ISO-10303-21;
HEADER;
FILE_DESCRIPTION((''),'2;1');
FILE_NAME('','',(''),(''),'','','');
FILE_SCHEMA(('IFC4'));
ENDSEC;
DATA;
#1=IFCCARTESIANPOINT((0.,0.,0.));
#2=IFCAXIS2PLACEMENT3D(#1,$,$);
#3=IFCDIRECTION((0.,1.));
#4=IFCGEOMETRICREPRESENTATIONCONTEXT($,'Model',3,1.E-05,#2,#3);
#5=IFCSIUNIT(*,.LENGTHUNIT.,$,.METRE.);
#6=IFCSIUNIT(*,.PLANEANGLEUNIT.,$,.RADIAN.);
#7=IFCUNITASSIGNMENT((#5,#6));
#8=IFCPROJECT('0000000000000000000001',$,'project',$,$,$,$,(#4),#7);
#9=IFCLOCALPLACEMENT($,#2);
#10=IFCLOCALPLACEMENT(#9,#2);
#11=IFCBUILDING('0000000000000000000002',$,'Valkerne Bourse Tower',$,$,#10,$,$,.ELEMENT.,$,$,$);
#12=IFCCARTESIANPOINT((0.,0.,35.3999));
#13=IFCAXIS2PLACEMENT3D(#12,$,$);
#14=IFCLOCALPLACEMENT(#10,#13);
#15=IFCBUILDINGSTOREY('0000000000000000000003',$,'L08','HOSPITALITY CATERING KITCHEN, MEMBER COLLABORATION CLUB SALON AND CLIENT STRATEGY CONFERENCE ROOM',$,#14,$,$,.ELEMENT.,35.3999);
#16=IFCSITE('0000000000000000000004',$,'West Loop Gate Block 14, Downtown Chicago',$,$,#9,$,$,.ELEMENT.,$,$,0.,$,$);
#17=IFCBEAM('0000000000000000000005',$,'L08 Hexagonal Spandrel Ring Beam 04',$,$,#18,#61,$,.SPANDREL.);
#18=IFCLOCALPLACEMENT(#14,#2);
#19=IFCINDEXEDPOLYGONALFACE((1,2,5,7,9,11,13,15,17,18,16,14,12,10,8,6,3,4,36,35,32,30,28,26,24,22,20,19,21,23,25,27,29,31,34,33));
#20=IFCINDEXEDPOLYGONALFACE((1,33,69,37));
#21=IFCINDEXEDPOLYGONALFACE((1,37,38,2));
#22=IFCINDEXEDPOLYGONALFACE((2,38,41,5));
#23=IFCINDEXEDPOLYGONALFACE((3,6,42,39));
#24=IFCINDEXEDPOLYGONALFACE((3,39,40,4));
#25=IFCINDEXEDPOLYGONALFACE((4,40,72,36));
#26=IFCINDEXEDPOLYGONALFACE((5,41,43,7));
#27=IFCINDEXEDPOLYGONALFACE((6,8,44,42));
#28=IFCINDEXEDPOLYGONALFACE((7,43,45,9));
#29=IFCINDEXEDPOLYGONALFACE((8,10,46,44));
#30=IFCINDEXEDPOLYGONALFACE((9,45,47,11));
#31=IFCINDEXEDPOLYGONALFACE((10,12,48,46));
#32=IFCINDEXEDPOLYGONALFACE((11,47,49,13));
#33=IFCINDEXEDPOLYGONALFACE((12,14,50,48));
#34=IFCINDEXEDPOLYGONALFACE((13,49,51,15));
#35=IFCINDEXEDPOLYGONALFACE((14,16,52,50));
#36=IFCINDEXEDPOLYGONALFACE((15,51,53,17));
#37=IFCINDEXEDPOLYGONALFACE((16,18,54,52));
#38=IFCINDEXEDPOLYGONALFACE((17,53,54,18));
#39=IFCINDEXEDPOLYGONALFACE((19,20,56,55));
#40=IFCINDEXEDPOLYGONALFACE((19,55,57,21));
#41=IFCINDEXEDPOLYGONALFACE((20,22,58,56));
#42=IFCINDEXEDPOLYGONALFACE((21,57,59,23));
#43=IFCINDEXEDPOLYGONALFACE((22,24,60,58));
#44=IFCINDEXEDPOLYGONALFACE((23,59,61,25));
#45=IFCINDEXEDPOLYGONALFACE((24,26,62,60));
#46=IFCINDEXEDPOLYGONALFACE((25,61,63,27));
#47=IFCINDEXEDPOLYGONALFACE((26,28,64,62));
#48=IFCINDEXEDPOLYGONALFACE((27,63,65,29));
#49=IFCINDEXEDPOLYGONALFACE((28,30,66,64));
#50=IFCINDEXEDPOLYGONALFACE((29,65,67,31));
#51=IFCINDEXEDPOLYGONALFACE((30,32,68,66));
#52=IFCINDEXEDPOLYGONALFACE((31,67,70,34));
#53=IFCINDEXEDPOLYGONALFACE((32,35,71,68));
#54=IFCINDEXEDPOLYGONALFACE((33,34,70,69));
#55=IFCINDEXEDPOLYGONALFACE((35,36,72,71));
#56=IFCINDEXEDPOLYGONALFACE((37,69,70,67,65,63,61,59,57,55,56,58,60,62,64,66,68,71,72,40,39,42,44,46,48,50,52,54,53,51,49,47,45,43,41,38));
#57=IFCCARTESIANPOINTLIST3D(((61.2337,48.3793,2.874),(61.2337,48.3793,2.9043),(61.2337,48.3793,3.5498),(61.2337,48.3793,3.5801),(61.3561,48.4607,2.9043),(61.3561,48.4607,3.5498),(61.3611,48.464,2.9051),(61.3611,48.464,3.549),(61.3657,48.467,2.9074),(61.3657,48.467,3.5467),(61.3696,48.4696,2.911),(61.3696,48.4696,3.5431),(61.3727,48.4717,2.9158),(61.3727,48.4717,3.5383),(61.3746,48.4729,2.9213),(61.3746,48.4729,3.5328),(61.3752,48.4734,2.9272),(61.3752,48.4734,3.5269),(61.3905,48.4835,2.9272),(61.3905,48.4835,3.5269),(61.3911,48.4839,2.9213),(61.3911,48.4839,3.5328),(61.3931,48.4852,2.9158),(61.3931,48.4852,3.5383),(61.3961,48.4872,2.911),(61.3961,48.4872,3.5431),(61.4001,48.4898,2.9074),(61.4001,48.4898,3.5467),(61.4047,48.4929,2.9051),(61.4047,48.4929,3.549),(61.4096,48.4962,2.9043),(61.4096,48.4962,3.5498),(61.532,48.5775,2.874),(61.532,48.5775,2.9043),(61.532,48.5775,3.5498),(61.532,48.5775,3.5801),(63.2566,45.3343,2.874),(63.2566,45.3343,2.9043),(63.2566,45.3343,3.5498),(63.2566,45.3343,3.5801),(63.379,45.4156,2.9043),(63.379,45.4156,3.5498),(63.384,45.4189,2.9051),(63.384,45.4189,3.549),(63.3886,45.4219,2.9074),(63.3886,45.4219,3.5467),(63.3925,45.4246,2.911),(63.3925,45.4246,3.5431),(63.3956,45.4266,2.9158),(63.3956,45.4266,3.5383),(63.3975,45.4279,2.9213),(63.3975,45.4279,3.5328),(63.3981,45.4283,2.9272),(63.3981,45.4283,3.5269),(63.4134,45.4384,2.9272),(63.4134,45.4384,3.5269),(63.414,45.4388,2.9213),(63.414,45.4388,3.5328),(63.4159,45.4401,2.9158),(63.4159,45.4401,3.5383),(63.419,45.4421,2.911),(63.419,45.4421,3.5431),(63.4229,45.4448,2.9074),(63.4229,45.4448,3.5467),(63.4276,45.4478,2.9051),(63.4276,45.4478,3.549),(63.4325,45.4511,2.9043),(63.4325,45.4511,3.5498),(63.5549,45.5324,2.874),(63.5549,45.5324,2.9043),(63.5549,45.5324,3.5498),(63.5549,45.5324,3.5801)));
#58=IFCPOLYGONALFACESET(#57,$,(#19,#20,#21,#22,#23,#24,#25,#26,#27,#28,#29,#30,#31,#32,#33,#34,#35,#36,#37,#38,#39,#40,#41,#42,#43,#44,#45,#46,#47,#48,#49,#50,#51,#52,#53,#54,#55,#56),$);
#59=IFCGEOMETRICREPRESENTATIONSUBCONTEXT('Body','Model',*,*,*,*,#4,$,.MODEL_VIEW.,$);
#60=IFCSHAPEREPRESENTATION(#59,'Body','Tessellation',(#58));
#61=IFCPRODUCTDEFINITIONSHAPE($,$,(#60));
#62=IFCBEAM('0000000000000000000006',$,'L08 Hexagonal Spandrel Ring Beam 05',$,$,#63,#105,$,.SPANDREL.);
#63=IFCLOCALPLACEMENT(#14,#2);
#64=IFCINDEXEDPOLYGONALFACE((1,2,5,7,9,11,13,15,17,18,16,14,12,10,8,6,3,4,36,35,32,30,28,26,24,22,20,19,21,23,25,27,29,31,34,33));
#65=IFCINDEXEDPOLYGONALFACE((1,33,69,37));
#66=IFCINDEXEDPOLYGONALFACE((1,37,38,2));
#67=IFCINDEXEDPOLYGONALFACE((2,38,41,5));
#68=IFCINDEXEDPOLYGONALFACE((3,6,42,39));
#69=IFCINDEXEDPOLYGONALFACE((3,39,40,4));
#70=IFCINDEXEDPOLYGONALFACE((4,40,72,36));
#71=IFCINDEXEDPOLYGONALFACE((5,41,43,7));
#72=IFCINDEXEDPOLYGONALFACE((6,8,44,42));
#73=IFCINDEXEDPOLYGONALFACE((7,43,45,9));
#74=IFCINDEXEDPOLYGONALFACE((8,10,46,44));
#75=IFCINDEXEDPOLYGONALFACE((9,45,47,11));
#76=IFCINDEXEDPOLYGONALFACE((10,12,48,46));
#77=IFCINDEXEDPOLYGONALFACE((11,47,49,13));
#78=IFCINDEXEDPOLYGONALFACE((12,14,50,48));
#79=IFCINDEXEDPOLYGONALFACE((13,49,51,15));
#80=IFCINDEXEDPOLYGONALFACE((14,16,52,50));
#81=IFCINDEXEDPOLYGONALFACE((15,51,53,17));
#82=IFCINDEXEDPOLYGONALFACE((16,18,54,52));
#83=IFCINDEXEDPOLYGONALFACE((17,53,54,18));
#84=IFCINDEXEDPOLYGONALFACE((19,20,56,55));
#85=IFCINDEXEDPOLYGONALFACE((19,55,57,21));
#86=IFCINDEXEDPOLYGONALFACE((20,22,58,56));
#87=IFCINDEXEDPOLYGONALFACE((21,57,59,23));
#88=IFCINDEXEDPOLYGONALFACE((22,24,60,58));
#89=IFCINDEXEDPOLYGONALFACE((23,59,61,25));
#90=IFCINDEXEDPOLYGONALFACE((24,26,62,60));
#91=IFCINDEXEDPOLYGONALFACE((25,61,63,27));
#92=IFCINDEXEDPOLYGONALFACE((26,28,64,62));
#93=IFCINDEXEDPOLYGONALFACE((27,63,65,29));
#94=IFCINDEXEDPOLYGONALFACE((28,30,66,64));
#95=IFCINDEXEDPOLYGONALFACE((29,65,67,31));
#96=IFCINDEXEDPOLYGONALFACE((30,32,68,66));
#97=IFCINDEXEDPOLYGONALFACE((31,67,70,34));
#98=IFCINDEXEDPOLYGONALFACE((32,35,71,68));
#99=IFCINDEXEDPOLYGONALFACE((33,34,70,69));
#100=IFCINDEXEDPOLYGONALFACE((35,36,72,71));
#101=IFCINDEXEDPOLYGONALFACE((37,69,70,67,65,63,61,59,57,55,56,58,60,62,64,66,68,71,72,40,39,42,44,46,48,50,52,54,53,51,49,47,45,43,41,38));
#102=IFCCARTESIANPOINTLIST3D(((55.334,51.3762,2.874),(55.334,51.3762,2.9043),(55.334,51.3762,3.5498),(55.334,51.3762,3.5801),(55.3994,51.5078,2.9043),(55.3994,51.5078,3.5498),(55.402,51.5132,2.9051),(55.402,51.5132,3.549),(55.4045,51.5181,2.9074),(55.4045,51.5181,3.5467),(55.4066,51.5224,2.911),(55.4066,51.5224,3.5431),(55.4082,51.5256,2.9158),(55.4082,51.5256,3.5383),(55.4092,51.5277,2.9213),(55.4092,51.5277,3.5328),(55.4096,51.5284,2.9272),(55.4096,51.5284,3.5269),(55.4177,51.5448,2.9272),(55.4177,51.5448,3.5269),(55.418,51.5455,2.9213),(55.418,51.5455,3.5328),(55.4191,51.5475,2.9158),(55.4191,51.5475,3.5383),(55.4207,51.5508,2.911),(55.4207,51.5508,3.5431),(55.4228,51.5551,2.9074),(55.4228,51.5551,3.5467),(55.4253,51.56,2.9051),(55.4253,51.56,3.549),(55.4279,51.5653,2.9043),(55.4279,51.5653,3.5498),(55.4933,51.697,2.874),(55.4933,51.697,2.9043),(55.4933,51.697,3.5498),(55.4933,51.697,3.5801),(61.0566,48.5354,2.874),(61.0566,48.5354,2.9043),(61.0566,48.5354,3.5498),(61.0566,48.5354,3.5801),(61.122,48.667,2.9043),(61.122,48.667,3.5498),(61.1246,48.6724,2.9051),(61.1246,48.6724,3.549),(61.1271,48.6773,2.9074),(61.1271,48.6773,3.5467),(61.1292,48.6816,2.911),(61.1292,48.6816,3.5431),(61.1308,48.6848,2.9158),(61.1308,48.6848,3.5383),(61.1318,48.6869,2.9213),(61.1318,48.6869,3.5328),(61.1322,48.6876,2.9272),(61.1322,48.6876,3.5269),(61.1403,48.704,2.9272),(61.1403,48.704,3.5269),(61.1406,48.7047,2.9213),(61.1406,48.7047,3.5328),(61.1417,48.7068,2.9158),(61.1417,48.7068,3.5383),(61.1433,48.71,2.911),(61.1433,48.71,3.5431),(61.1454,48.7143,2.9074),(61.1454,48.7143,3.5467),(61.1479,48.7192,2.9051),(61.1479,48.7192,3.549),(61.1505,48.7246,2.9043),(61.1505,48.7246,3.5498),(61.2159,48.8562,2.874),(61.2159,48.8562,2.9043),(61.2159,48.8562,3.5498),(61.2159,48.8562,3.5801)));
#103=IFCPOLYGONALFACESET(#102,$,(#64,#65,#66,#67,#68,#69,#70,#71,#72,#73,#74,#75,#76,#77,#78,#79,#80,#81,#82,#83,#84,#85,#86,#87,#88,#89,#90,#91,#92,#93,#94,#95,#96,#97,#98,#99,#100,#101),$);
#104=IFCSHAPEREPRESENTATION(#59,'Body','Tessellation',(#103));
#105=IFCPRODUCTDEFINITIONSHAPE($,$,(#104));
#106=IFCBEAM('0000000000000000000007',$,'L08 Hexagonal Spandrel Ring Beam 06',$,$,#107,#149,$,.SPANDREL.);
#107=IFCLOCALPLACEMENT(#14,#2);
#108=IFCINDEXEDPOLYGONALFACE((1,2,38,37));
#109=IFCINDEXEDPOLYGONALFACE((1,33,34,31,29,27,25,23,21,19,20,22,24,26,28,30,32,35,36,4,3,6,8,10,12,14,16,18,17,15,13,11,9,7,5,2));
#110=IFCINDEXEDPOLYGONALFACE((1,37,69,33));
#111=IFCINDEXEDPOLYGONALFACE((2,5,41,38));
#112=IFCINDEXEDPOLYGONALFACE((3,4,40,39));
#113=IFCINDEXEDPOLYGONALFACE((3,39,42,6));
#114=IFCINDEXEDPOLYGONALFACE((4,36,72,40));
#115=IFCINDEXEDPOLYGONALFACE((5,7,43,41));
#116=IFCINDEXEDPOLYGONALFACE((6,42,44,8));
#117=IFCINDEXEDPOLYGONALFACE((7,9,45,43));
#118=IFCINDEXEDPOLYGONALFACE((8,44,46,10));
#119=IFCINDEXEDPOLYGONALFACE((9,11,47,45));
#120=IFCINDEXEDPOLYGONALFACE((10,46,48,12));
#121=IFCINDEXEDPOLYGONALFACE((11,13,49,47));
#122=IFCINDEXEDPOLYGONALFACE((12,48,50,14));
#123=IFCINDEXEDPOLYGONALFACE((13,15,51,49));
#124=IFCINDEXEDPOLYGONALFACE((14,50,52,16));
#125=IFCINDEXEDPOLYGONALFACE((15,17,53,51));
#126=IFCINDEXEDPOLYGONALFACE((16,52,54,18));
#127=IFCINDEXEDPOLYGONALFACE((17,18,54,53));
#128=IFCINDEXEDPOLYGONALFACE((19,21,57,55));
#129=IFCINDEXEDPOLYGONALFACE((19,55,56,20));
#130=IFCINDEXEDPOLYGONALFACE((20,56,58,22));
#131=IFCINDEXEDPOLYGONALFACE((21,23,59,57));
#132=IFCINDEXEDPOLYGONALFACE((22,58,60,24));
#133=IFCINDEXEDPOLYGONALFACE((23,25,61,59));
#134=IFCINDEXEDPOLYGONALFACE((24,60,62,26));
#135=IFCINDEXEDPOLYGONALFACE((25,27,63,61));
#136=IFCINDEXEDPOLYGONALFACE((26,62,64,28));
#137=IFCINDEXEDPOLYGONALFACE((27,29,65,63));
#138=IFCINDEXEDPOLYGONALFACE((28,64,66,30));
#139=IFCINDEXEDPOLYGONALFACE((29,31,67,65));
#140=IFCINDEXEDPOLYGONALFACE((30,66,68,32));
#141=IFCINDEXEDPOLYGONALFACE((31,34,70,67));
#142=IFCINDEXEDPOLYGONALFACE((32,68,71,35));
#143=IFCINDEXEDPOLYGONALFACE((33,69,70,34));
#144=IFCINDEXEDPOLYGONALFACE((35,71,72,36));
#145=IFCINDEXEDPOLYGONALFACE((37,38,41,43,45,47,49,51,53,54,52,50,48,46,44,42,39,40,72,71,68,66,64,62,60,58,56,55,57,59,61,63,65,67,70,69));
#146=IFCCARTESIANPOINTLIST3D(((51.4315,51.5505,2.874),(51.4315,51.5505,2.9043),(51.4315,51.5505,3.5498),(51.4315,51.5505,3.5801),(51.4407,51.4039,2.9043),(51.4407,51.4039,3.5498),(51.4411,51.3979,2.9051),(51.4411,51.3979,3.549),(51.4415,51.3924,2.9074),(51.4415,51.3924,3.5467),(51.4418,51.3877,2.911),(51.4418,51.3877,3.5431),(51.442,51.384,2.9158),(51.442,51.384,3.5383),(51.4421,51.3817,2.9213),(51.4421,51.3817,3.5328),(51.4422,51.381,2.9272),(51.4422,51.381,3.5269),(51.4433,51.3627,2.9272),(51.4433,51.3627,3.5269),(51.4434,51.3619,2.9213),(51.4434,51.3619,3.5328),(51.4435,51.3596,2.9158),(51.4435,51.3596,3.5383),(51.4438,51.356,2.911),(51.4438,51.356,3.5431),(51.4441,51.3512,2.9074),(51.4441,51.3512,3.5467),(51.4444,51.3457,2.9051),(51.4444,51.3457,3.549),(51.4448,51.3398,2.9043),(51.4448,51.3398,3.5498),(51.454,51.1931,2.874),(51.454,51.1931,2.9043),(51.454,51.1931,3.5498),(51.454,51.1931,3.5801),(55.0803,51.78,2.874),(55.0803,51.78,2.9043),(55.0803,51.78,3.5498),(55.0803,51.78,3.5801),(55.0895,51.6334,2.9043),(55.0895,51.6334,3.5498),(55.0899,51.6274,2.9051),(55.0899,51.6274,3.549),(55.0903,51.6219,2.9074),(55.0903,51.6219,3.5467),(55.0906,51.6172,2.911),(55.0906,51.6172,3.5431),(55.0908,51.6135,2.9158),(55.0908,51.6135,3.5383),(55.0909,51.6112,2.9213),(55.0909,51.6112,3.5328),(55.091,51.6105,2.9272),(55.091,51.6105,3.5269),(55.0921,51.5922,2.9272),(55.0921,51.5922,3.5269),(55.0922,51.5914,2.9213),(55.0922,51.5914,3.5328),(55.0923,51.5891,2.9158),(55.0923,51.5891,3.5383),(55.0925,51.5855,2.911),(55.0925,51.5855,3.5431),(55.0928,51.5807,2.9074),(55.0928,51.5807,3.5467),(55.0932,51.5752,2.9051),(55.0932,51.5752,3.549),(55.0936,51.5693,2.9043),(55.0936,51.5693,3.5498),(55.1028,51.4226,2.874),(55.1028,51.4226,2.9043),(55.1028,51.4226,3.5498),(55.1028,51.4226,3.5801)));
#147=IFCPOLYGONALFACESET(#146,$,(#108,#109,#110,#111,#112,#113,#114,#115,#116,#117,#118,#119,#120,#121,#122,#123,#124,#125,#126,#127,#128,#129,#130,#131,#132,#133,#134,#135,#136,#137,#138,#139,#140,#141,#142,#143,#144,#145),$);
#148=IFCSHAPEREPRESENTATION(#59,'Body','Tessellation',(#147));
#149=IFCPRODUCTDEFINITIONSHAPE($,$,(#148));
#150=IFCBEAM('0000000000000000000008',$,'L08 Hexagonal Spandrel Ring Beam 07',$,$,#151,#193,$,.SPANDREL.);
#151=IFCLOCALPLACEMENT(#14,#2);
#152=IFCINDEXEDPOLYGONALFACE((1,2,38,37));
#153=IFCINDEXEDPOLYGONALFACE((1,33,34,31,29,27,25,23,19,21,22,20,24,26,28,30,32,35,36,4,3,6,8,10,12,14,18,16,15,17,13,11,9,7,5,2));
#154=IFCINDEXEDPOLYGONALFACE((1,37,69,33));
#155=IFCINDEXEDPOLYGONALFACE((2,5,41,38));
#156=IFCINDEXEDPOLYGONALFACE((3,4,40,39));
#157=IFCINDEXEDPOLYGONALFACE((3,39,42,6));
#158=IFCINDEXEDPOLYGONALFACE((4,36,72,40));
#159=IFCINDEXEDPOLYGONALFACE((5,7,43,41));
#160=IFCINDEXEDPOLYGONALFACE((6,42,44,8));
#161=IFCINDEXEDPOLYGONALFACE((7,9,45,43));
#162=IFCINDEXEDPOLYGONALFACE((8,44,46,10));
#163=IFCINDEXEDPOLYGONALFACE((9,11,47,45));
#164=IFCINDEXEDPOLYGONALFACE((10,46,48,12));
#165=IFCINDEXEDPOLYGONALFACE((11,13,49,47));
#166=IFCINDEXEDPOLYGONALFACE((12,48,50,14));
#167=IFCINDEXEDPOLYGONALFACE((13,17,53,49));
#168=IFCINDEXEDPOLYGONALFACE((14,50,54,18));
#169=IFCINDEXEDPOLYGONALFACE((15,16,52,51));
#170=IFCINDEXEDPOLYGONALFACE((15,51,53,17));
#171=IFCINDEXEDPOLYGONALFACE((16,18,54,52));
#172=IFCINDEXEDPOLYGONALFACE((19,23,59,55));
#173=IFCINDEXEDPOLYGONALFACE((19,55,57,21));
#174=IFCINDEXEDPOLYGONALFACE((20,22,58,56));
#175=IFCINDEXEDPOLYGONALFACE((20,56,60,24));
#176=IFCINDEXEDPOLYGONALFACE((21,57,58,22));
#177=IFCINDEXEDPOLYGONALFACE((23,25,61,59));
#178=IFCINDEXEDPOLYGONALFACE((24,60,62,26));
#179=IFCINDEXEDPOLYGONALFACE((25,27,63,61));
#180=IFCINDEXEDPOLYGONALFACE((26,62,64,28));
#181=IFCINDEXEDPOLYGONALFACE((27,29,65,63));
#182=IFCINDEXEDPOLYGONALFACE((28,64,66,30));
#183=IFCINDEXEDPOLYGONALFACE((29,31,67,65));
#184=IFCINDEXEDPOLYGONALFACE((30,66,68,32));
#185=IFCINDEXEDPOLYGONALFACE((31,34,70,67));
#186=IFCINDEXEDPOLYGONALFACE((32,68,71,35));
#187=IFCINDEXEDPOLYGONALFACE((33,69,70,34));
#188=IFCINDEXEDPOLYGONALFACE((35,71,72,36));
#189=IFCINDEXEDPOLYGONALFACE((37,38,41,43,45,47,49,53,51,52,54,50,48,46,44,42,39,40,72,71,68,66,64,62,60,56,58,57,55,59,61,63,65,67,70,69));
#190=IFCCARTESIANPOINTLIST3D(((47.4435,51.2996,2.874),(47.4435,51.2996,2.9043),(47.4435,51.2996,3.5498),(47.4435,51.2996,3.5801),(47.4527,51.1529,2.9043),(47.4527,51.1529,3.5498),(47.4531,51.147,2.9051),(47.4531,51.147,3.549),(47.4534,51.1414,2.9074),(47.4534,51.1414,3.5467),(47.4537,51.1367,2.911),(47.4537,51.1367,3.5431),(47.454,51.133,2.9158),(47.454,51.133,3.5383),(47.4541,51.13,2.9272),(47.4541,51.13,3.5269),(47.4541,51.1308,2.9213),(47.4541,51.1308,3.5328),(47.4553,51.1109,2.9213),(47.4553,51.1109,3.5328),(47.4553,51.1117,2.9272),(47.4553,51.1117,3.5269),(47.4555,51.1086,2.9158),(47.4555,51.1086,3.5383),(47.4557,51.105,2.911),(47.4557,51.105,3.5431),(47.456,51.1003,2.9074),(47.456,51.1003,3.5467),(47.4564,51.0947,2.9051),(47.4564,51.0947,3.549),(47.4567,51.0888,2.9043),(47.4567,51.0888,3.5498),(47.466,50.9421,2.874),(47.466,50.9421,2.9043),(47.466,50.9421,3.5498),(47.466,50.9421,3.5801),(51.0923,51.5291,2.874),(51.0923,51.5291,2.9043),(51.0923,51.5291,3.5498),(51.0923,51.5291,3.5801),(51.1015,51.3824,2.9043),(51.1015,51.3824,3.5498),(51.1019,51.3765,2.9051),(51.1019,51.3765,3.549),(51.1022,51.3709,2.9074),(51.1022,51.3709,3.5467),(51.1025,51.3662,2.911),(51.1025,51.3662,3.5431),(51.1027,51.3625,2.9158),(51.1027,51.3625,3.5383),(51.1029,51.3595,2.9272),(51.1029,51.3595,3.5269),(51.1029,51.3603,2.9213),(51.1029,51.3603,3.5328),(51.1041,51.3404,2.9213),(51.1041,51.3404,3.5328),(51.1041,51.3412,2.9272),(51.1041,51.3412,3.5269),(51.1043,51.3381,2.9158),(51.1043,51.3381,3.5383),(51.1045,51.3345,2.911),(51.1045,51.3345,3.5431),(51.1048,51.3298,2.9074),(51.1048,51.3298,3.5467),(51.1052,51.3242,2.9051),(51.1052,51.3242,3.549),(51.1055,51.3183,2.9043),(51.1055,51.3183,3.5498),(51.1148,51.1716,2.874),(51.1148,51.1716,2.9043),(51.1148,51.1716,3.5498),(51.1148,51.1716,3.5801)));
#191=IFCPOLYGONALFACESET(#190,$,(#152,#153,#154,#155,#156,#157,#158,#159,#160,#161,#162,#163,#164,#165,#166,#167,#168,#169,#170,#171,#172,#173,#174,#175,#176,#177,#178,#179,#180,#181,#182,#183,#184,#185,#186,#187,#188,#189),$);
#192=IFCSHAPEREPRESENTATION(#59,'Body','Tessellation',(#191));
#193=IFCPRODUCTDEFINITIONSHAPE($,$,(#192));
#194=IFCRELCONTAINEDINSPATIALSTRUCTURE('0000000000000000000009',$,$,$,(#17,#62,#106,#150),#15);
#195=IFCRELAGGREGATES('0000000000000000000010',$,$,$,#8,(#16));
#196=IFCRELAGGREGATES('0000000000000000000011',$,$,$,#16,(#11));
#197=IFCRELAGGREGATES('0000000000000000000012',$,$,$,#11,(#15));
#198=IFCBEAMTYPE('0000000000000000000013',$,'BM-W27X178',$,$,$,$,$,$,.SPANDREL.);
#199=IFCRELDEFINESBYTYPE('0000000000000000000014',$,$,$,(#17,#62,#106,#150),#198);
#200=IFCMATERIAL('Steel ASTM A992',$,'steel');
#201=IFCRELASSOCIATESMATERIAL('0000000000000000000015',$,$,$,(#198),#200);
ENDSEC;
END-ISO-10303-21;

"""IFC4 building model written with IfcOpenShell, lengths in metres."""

from ifc_helpers import new_model, si_unit, direction, frame, origin, origin_2d, place, context, subcontext, project, spatial, i_section, extrude, material, material_profile, profile_set, type_object, element, save


model = new_model("IFC4")

# Units and contexts
model_context = context("Model", 3, precision=1e-05, world=origin(), true_north=direction((0.0, 1.0)))
body_context = subcontext(model_context, "Body", "Model", "MODEL_VIEW")
ifc_project = project(units=[si_unit("LENGTHUNIT", "METRE"), si_unit("PLANEANGLEUNIT", "RADIAN")], contexts=[model_context])

# Site, building, storey
site_placement = place(None, origin())
site = spatial("IfcSite", under=ifc_project, at=site_placement, Name="West Loop Gate Block 14, Downtown Chicago", CompositionType="ELEMENT", RefElevation=0.0)
building_placement = place(site_placement, origin())
building = spatial("IfcBuilding", under=site, at=building_placement, Name="Valkerne Bourse Tower", CompositionType="ELEMENT")
storey_placement = place(building_placement, frame((0.0, 0.0, 35.3999)))
storey = spatial("IfcBuildingStorey", under=building, at=storey_placement, Name="L08", Description="HOSPITALITY CATERING KITCHEN, MEMBER COLLABORATION CLUB SALON AND CLIENT STRATEGY CONFERENCE ROOM", CompositionType="ELEMENT", Elevation=35.3999)

# Beams
ifc_material_1 = material(Name="Steel ASTM A992", Category="steel")
ifc_material_profile_1 = material_profile(ifc_material_1, i_section(OverallWidth=0.3582, OverallDepth=0.7061, WebThickness=0.0183, FlangeThickness=0.0303, FilletRadius=0.0229, at=origin_2d()), Name="W27X178")
ifc_profile_set_1 = profile_set([ifc_material_profile_1], Name="Steel ASTM A992")
beam_type = type_object("IfcBeamType", Name="BM-W27X178", PredefinedType="SPANDREL", material=ifc_profile_set_1)
beam_1_placement = place(storey_placement, frame((63.4058, 45.4333, 3.2271), z_axis=(-0.553343, 0.832953, 0.0), x_axis=(-0.832953, -0.553343, 0.0)))
element("IfcBeam", 1, at=beam_1_placement, inside=storey, type_object=beam_type, Name="L08 Hexagonal Spandrel Ring Beam 04", PredefinedType="SPANDREL", context=body_context, shape_type="SweptSolid", body=[
    extrude(i_section(OverallWidth=0.3582, OverallDepth=0.7061, WebThickness=0.0183, FlangeThickness=0.0303, FilletRadius=0.0229, at=origin_2d()), origin(), (0.0, 0.0, 1.0), 3.6558),
])
beam_2_placement = place(storey_placement, frame((61.1362, 48.6958, 3.2271), z_axis=(-0.895707, 0.444644, 0.0), x_axis=(-0.444644, -0.895707, 0.0)))
element("IfcBeam", 2, at=beam_2_placement, inside=storey, type_object=beam_type, Name="L08 Hexagonal Spandrel Ring Beam 05", PredefinedType="SPANDREL", context=body_context, shape_type="SweptSolid", body=[
    extrude(i_section(OverallWidth=0.3582, OverallDepth=0.7061, WebThickness=0.0183, FlangeThickness=0.0303, FilletRadius=0.0229, at=origin_2d()), origin(), (0.0, 0.0, 1.0), 6.3889),
])
for number, where, z_axis, x_axis, name in (
    (3, (55.0916, 51.6013, 3.2271), (-0.998028, -0.062773, 0.0), (0.062773, -0.998028, 0.0), "L08 Hexagonal Spandrel Ring Beam 06"),
    (4, (51.1035, 51.3503, 3.2271), (-0.998028, -0.062773, 0.0), (0.062773, -0.998028, 0.0), "L08 Hexagonal Spandrel Ring Beam 07"),
):
    element("IfcBeam", number, at=place(storey_placement, frame(where, z_axis=z_axis, x_axis=x_axis)), inside=storey, type_object=beam_type, Name=name, PredefinedType="SPANDREL", context=body_context, shape_type="SweptSolid", body=[
        extrude(i_section(OverallWidth=0.3582, OverallDepth=0.7061, WebThickness=0.0183, FlangeThickness=0.0303, FilletRadius=0.0229, at=origin_2d()), origin(), (0.0, 0.0, 1.0), 3.656),
    ])

save(model, "model.ifc")
